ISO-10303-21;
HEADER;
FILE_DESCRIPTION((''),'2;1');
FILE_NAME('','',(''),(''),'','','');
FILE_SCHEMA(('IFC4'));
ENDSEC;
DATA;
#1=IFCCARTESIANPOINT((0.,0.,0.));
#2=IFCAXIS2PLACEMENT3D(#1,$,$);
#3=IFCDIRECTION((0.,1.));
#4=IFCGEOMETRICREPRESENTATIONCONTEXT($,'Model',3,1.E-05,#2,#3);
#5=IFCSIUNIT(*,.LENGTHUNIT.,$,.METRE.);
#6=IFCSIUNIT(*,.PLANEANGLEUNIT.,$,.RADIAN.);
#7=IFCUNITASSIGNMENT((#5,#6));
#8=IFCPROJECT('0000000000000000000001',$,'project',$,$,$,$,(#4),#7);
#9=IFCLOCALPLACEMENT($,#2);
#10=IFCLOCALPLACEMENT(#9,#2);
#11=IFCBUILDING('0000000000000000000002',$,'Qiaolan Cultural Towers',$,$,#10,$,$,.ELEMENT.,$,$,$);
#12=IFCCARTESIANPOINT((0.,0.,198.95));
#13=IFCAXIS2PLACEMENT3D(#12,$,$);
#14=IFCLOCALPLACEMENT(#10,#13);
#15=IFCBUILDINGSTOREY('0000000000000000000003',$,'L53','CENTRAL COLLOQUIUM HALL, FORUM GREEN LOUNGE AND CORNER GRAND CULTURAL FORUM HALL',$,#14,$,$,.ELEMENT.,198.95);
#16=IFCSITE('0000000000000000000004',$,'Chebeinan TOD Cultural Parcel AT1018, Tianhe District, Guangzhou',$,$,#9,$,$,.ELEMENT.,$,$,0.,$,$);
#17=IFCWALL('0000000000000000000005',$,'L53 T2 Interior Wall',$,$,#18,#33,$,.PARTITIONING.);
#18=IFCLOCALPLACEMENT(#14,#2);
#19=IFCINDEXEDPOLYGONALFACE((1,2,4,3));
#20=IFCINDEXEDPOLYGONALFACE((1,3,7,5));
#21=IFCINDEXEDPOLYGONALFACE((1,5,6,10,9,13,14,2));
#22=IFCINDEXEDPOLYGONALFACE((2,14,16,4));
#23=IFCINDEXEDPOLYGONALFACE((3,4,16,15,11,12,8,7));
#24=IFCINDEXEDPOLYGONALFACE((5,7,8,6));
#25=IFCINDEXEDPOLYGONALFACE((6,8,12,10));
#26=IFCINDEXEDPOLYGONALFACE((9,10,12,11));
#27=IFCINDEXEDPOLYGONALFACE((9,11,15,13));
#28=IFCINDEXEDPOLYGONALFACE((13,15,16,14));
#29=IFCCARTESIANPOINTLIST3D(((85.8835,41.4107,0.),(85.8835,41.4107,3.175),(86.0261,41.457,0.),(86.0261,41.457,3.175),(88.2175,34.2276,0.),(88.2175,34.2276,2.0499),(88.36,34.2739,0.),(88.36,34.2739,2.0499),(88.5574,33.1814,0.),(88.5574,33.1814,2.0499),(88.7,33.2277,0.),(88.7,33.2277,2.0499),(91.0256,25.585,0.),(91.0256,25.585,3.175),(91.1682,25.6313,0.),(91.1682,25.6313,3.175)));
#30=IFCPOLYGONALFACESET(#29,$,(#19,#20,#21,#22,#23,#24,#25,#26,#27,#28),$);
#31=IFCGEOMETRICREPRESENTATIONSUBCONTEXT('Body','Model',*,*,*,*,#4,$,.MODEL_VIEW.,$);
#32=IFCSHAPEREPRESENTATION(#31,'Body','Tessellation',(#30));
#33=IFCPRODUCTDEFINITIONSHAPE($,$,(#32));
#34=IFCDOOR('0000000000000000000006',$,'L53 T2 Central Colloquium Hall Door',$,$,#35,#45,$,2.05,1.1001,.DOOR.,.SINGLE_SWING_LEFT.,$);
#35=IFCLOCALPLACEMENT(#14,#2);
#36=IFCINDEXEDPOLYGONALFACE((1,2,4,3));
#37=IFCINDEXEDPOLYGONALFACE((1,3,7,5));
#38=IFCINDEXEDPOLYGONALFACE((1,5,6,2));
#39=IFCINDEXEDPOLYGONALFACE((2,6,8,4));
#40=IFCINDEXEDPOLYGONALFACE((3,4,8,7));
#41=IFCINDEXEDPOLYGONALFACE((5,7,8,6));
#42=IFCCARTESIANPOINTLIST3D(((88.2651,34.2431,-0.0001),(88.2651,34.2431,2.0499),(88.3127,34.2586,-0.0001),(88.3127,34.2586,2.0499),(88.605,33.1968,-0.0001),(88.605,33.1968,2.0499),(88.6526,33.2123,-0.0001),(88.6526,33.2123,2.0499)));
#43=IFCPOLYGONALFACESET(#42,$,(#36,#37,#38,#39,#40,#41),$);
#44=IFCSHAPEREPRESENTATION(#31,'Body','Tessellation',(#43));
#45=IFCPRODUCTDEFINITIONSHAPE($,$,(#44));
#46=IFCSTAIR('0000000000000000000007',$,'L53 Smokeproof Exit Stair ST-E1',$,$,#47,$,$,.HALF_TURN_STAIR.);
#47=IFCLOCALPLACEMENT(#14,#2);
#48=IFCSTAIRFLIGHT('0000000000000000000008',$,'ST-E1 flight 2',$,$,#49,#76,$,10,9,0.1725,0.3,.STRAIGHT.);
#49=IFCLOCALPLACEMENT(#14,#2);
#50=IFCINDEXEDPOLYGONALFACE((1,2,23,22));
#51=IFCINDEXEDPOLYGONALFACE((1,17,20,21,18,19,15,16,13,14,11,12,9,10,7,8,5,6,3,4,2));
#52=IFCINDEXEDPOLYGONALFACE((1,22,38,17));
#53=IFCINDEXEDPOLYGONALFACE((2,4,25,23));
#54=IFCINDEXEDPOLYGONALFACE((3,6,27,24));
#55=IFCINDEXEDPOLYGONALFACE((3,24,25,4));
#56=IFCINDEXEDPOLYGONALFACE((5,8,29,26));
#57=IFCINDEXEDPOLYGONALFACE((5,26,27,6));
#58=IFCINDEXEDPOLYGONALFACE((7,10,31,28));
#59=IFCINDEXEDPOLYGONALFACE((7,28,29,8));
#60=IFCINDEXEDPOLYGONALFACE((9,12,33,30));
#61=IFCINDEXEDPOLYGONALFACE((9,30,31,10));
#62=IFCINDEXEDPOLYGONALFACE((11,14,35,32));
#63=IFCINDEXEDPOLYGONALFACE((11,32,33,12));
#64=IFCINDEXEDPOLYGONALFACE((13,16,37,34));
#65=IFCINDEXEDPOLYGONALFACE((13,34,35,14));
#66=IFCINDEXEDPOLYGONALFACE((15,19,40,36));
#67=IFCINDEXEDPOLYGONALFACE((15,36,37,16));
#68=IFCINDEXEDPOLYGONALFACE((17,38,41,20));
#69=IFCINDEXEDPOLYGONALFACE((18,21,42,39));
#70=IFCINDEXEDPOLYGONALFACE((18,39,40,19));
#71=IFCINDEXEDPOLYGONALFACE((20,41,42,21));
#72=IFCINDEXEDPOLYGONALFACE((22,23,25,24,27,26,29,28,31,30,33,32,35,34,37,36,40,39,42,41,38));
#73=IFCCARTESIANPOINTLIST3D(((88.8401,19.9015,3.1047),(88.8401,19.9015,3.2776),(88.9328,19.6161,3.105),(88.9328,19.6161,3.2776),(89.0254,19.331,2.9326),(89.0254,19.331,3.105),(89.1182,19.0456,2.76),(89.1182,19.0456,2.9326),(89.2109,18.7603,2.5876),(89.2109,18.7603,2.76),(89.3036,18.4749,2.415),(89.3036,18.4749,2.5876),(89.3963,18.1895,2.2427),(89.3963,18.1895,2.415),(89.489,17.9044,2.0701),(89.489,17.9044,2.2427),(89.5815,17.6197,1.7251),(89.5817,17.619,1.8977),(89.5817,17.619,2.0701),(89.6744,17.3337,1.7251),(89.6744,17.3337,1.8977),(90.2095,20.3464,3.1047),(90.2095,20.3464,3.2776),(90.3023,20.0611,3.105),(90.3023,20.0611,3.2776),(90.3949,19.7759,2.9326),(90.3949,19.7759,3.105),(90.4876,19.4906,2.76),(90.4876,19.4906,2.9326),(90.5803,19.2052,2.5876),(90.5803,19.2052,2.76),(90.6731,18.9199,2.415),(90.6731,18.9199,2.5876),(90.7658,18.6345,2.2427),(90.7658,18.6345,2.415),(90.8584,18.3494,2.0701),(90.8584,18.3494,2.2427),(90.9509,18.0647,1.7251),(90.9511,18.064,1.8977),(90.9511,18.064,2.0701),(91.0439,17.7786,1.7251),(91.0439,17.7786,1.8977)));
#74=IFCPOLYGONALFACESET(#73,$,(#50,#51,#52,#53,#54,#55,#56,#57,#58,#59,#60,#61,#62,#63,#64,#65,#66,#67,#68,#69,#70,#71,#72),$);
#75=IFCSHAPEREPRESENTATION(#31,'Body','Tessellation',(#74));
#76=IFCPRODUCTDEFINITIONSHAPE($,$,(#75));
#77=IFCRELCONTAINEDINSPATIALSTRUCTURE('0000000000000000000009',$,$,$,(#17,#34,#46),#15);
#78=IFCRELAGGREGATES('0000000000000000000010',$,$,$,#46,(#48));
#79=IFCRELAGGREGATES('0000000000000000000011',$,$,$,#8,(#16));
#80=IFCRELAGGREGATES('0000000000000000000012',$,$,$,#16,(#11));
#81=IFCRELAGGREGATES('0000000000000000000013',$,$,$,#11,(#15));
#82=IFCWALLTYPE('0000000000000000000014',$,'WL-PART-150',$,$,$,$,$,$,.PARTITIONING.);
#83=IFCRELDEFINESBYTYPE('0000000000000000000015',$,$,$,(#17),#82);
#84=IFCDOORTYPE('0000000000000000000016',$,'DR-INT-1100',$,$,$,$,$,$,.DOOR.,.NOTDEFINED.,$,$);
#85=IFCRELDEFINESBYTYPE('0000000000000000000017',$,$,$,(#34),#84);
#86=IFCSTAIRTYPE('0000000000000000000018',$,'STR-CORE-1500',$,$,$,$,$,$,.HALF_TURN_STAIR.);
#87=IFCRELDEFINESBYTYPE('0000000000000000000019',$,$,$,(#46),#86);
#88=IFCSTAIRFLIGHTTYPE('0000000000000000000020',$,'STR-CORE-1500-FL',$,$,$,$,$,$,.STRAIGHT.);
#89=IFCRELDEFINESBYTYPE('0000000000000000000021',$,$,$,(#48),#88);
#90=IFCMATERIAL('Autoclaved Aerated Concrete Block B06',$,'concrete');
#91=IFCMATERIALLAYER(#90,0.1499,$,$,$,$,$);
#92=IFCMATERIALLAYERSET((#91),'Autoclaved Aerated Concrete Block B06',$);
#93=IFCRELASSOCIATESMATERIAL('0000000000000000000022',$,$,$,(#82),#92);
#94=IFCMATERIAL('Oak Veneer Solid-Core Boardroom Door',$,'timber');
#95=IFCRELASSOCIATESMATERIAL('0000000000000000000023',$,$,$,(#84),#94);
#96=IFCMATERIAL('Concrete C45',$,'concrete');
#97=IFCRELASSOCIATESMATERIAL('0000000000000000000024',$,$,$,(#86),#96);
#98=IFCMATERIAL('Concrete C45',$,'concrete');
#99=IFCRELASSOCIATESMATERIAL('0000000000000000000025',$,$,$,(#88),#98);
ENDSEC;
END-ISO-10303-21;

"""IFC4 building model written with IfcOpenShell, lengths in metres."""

from ifc_helpers import new_model, si_unit, direction, frame, frame_2d, origin, place, context, subcontext, project, spatial, polyline, rectangle, outline, extrude, material, layer, layer_set, type_object, element, fill, aggregate, save


model = new_model("IFC4")

# Units and contexts
model_context = context("Model", 3, precision=1e-05, world=origin(), true_north=direction((0.0, 1.0)))
body_context = subcontext(model_context, "Body", "Model", "MODEL_VIEW")
ifc_project = project(units=[si_unit("LENGTHUNIT", "METRE"), si_unit("PLANEANGLEUNIT", "RADIAN")], contexts=[model_context])

# Site, building, storey
site_placement = place(None, origin())
site = spatial("IfcSite", under=ifc_project, at=site_placement, Name="Chebeinan TOD Cultural Parcel AT1018, Tianhe District, Guangzhou", CompositionType="ELEMENT", RefElevation=0.0)
building_placement = place(site_placement, origin())
building = spatial("IfcBuilding", under=site, at=building_placement, Name="Qiaolan Cultural Towers", CompositionType="ELEMENT")
storey_placement = place(building_placement, frame((0.0, 0.0, 198.95)))
storey = spatial("IfcBuildingStorey", under=building, at=storey_placement, Name="L53", Description="CENTRAL COLLOQUIUM HALL, FORUM GREEN LOUNGE AND CORNER GRAND CULTURAL FORUM HALL", CompositionType="ELEMENT", Elevation=198.95)

# Shared definitions
ifc_material_1 = material(Name="Autoclaved Aerated Concrete Block B06", Category="concrete")
ifc_layer_1 = layer(ifc_material_1, 0.1499)
ifc_layer_set_1 = layer_set([ifc_layer_1], Name="Autoclaved Aerated Concrete Block B06")
wall_type_1 = type_object("IfcWallType", Name="WL-PART-150", PredefinedType="PARTITIONING", material=ifc_layer_set_1)

# Wall, opening, door
wall_1_placement = place(storey_placement, frame((91.0969, 25.6082, 0.0), z_axis=(0.0, 0.0, 1.0), x_axis=(-0.309018, 0.951056, 0.0)))
wall_1 = element("IfcWall", 1, at=wall_1_placement, inside=storey, type_object=wall_type_1, Name="L53 T2 Interior Wall", PredefinedType="PARTITIONING", context=body_context, shape_type="SweptSolid", body=[
    extrude(rectangle(XDim=16.6401, YDim=0.1499, at=frame_2d((8.3201, 0.0))), origin(), (0.0, 0.0, 1.0), 3.175),
])
opening_1_placement = place(wall_1_placement, frame((7.9873, 0.0, 0.0)))
opening_1 = element("IfcOpeningElement", 2, at=opening_1_placement, cuts=wall_1, PredefinedType="OPENING", context=body_context, shape_type="SweptSolid", body=[
    extrude(rectangle(XDim=1.1001, YDim=2.05, at=frame_2d((0.55, 1.0249))), frame((0.0, 0.085, 0.0), z_axis=(0.0, -1.0, 0.0), x_axis=(1.0, 0.0, 0.0)), (0.0, 0.0, 1.0), 0.1699),
])
ifc_material_2 = material(Name="Oak Veneer Solid-Core Boardroom Door", Category="timber")
door_type_1 = type_object("IfcDoorType", Name="DR-INT-1100", OperationType="NOTDEFINED", PredefinedType="DOOR", material=ifc_material_2)
door_1_placement = place(opening_1_placement, origin())
door_1 = element("IfcDoor", 3, at=door_1_placement, inside=storey, type_object=door_type_1, Name="L53 T2 Central Colloquium Hall Door", OperationType="SINGLE_SWING_LEFT", OverallHeight=2.05, OverallWidth=1.1001, PredefinedType="DOOR", context=body_context, shape_type="SweptSolid", body=[
    extrude(rectangle(XDim=1.1001, YDim=2.05, at=frame_2d((0.55, 1.0249))), frame((0.0, 0.0249, 0.0), z_axis=(0.0, -1.0, 0.0), x_axis=(1.0, 0.0, 0.0)), (0.0, 0.0, 1.0), 0.05),
])
fill(opening_1, door_1)

# Stair, stair flight
ifc_material_3 = material(Name="Concrete C45", Category="concrete")
stair_type = type_object("IfcStairType", Name="STR-CORE-1500", PredefinedType="HALF_TURN_STAIR", material=ifc_material_3)
stair_placement = place(storey_placement, origin())
stair = element("IfcStair", 4, at=stair_placement, inside=storey, type_object=stair_type, Name="L53 Smokeproof Exit Stair ST-E1", PredefinedType="HALF_TURN_STAIR")
ifc_material_4 = material(Name="Concrete C45", Category="concrete")
stair_flight_type = type_object("IfcStairFlightType", Name="STR-CORE-1500-FL", PredefinedType="STRAIGHT", material=ifc_material_4)
stair_flight_placement = place(storey_placement, frame((90.3591, 17.5562, 1.7251), z_axis=(0.0, 0.0, 1.0), x_axis=(-0.309017, 0.951057, 0.0)))
stair_flight = element("IfcStairFlight", 5, at=stair_flight_placement, type_object=stair_flight_type, Name="ST-E1 flight 2", NumberOfRisers=10, NumberOfTreads=9, PredefinedType="STRAIGHT", RiserHeight=0.1725, TreadLength=0.3, context=body_context, shape_type="SweptSolid", body=[
    extrude(outline(polyline([(0.0, 0.0), (0.0, 0.1726), (0.3, 0.1726), (0.3, 0.345), (0.6001, 0.345), (0.6001, 0.5176), (0.8999, 0.5176), (0.8999, 0.6899), (1.2, 0.6899), (1.2, 0.8625), (1.5, 0.8625), (1.5, 1.0349), (1.8, 1.0349), (1.8, 1.2075), (2.1001, 1.2075), (2.1001, 1.3799), (2.3999, 1.3799), (2.3999, 1.5525), (2.7, 1.5525), (2.7, 1.7251), (2.7, 1.3796), (0.3008, 0.0), (0.0, 0.0)])), frame((0.0, 0.72, 0.0), z_axis=(0.0, -1.0, 0.0), x_axis=(1.0, 0.0, 0.0)), (0.0, 0.0, 1.0), 1.4399),
])
aggregate(stair, [stair_flight])

save(model, "model.ifc")
